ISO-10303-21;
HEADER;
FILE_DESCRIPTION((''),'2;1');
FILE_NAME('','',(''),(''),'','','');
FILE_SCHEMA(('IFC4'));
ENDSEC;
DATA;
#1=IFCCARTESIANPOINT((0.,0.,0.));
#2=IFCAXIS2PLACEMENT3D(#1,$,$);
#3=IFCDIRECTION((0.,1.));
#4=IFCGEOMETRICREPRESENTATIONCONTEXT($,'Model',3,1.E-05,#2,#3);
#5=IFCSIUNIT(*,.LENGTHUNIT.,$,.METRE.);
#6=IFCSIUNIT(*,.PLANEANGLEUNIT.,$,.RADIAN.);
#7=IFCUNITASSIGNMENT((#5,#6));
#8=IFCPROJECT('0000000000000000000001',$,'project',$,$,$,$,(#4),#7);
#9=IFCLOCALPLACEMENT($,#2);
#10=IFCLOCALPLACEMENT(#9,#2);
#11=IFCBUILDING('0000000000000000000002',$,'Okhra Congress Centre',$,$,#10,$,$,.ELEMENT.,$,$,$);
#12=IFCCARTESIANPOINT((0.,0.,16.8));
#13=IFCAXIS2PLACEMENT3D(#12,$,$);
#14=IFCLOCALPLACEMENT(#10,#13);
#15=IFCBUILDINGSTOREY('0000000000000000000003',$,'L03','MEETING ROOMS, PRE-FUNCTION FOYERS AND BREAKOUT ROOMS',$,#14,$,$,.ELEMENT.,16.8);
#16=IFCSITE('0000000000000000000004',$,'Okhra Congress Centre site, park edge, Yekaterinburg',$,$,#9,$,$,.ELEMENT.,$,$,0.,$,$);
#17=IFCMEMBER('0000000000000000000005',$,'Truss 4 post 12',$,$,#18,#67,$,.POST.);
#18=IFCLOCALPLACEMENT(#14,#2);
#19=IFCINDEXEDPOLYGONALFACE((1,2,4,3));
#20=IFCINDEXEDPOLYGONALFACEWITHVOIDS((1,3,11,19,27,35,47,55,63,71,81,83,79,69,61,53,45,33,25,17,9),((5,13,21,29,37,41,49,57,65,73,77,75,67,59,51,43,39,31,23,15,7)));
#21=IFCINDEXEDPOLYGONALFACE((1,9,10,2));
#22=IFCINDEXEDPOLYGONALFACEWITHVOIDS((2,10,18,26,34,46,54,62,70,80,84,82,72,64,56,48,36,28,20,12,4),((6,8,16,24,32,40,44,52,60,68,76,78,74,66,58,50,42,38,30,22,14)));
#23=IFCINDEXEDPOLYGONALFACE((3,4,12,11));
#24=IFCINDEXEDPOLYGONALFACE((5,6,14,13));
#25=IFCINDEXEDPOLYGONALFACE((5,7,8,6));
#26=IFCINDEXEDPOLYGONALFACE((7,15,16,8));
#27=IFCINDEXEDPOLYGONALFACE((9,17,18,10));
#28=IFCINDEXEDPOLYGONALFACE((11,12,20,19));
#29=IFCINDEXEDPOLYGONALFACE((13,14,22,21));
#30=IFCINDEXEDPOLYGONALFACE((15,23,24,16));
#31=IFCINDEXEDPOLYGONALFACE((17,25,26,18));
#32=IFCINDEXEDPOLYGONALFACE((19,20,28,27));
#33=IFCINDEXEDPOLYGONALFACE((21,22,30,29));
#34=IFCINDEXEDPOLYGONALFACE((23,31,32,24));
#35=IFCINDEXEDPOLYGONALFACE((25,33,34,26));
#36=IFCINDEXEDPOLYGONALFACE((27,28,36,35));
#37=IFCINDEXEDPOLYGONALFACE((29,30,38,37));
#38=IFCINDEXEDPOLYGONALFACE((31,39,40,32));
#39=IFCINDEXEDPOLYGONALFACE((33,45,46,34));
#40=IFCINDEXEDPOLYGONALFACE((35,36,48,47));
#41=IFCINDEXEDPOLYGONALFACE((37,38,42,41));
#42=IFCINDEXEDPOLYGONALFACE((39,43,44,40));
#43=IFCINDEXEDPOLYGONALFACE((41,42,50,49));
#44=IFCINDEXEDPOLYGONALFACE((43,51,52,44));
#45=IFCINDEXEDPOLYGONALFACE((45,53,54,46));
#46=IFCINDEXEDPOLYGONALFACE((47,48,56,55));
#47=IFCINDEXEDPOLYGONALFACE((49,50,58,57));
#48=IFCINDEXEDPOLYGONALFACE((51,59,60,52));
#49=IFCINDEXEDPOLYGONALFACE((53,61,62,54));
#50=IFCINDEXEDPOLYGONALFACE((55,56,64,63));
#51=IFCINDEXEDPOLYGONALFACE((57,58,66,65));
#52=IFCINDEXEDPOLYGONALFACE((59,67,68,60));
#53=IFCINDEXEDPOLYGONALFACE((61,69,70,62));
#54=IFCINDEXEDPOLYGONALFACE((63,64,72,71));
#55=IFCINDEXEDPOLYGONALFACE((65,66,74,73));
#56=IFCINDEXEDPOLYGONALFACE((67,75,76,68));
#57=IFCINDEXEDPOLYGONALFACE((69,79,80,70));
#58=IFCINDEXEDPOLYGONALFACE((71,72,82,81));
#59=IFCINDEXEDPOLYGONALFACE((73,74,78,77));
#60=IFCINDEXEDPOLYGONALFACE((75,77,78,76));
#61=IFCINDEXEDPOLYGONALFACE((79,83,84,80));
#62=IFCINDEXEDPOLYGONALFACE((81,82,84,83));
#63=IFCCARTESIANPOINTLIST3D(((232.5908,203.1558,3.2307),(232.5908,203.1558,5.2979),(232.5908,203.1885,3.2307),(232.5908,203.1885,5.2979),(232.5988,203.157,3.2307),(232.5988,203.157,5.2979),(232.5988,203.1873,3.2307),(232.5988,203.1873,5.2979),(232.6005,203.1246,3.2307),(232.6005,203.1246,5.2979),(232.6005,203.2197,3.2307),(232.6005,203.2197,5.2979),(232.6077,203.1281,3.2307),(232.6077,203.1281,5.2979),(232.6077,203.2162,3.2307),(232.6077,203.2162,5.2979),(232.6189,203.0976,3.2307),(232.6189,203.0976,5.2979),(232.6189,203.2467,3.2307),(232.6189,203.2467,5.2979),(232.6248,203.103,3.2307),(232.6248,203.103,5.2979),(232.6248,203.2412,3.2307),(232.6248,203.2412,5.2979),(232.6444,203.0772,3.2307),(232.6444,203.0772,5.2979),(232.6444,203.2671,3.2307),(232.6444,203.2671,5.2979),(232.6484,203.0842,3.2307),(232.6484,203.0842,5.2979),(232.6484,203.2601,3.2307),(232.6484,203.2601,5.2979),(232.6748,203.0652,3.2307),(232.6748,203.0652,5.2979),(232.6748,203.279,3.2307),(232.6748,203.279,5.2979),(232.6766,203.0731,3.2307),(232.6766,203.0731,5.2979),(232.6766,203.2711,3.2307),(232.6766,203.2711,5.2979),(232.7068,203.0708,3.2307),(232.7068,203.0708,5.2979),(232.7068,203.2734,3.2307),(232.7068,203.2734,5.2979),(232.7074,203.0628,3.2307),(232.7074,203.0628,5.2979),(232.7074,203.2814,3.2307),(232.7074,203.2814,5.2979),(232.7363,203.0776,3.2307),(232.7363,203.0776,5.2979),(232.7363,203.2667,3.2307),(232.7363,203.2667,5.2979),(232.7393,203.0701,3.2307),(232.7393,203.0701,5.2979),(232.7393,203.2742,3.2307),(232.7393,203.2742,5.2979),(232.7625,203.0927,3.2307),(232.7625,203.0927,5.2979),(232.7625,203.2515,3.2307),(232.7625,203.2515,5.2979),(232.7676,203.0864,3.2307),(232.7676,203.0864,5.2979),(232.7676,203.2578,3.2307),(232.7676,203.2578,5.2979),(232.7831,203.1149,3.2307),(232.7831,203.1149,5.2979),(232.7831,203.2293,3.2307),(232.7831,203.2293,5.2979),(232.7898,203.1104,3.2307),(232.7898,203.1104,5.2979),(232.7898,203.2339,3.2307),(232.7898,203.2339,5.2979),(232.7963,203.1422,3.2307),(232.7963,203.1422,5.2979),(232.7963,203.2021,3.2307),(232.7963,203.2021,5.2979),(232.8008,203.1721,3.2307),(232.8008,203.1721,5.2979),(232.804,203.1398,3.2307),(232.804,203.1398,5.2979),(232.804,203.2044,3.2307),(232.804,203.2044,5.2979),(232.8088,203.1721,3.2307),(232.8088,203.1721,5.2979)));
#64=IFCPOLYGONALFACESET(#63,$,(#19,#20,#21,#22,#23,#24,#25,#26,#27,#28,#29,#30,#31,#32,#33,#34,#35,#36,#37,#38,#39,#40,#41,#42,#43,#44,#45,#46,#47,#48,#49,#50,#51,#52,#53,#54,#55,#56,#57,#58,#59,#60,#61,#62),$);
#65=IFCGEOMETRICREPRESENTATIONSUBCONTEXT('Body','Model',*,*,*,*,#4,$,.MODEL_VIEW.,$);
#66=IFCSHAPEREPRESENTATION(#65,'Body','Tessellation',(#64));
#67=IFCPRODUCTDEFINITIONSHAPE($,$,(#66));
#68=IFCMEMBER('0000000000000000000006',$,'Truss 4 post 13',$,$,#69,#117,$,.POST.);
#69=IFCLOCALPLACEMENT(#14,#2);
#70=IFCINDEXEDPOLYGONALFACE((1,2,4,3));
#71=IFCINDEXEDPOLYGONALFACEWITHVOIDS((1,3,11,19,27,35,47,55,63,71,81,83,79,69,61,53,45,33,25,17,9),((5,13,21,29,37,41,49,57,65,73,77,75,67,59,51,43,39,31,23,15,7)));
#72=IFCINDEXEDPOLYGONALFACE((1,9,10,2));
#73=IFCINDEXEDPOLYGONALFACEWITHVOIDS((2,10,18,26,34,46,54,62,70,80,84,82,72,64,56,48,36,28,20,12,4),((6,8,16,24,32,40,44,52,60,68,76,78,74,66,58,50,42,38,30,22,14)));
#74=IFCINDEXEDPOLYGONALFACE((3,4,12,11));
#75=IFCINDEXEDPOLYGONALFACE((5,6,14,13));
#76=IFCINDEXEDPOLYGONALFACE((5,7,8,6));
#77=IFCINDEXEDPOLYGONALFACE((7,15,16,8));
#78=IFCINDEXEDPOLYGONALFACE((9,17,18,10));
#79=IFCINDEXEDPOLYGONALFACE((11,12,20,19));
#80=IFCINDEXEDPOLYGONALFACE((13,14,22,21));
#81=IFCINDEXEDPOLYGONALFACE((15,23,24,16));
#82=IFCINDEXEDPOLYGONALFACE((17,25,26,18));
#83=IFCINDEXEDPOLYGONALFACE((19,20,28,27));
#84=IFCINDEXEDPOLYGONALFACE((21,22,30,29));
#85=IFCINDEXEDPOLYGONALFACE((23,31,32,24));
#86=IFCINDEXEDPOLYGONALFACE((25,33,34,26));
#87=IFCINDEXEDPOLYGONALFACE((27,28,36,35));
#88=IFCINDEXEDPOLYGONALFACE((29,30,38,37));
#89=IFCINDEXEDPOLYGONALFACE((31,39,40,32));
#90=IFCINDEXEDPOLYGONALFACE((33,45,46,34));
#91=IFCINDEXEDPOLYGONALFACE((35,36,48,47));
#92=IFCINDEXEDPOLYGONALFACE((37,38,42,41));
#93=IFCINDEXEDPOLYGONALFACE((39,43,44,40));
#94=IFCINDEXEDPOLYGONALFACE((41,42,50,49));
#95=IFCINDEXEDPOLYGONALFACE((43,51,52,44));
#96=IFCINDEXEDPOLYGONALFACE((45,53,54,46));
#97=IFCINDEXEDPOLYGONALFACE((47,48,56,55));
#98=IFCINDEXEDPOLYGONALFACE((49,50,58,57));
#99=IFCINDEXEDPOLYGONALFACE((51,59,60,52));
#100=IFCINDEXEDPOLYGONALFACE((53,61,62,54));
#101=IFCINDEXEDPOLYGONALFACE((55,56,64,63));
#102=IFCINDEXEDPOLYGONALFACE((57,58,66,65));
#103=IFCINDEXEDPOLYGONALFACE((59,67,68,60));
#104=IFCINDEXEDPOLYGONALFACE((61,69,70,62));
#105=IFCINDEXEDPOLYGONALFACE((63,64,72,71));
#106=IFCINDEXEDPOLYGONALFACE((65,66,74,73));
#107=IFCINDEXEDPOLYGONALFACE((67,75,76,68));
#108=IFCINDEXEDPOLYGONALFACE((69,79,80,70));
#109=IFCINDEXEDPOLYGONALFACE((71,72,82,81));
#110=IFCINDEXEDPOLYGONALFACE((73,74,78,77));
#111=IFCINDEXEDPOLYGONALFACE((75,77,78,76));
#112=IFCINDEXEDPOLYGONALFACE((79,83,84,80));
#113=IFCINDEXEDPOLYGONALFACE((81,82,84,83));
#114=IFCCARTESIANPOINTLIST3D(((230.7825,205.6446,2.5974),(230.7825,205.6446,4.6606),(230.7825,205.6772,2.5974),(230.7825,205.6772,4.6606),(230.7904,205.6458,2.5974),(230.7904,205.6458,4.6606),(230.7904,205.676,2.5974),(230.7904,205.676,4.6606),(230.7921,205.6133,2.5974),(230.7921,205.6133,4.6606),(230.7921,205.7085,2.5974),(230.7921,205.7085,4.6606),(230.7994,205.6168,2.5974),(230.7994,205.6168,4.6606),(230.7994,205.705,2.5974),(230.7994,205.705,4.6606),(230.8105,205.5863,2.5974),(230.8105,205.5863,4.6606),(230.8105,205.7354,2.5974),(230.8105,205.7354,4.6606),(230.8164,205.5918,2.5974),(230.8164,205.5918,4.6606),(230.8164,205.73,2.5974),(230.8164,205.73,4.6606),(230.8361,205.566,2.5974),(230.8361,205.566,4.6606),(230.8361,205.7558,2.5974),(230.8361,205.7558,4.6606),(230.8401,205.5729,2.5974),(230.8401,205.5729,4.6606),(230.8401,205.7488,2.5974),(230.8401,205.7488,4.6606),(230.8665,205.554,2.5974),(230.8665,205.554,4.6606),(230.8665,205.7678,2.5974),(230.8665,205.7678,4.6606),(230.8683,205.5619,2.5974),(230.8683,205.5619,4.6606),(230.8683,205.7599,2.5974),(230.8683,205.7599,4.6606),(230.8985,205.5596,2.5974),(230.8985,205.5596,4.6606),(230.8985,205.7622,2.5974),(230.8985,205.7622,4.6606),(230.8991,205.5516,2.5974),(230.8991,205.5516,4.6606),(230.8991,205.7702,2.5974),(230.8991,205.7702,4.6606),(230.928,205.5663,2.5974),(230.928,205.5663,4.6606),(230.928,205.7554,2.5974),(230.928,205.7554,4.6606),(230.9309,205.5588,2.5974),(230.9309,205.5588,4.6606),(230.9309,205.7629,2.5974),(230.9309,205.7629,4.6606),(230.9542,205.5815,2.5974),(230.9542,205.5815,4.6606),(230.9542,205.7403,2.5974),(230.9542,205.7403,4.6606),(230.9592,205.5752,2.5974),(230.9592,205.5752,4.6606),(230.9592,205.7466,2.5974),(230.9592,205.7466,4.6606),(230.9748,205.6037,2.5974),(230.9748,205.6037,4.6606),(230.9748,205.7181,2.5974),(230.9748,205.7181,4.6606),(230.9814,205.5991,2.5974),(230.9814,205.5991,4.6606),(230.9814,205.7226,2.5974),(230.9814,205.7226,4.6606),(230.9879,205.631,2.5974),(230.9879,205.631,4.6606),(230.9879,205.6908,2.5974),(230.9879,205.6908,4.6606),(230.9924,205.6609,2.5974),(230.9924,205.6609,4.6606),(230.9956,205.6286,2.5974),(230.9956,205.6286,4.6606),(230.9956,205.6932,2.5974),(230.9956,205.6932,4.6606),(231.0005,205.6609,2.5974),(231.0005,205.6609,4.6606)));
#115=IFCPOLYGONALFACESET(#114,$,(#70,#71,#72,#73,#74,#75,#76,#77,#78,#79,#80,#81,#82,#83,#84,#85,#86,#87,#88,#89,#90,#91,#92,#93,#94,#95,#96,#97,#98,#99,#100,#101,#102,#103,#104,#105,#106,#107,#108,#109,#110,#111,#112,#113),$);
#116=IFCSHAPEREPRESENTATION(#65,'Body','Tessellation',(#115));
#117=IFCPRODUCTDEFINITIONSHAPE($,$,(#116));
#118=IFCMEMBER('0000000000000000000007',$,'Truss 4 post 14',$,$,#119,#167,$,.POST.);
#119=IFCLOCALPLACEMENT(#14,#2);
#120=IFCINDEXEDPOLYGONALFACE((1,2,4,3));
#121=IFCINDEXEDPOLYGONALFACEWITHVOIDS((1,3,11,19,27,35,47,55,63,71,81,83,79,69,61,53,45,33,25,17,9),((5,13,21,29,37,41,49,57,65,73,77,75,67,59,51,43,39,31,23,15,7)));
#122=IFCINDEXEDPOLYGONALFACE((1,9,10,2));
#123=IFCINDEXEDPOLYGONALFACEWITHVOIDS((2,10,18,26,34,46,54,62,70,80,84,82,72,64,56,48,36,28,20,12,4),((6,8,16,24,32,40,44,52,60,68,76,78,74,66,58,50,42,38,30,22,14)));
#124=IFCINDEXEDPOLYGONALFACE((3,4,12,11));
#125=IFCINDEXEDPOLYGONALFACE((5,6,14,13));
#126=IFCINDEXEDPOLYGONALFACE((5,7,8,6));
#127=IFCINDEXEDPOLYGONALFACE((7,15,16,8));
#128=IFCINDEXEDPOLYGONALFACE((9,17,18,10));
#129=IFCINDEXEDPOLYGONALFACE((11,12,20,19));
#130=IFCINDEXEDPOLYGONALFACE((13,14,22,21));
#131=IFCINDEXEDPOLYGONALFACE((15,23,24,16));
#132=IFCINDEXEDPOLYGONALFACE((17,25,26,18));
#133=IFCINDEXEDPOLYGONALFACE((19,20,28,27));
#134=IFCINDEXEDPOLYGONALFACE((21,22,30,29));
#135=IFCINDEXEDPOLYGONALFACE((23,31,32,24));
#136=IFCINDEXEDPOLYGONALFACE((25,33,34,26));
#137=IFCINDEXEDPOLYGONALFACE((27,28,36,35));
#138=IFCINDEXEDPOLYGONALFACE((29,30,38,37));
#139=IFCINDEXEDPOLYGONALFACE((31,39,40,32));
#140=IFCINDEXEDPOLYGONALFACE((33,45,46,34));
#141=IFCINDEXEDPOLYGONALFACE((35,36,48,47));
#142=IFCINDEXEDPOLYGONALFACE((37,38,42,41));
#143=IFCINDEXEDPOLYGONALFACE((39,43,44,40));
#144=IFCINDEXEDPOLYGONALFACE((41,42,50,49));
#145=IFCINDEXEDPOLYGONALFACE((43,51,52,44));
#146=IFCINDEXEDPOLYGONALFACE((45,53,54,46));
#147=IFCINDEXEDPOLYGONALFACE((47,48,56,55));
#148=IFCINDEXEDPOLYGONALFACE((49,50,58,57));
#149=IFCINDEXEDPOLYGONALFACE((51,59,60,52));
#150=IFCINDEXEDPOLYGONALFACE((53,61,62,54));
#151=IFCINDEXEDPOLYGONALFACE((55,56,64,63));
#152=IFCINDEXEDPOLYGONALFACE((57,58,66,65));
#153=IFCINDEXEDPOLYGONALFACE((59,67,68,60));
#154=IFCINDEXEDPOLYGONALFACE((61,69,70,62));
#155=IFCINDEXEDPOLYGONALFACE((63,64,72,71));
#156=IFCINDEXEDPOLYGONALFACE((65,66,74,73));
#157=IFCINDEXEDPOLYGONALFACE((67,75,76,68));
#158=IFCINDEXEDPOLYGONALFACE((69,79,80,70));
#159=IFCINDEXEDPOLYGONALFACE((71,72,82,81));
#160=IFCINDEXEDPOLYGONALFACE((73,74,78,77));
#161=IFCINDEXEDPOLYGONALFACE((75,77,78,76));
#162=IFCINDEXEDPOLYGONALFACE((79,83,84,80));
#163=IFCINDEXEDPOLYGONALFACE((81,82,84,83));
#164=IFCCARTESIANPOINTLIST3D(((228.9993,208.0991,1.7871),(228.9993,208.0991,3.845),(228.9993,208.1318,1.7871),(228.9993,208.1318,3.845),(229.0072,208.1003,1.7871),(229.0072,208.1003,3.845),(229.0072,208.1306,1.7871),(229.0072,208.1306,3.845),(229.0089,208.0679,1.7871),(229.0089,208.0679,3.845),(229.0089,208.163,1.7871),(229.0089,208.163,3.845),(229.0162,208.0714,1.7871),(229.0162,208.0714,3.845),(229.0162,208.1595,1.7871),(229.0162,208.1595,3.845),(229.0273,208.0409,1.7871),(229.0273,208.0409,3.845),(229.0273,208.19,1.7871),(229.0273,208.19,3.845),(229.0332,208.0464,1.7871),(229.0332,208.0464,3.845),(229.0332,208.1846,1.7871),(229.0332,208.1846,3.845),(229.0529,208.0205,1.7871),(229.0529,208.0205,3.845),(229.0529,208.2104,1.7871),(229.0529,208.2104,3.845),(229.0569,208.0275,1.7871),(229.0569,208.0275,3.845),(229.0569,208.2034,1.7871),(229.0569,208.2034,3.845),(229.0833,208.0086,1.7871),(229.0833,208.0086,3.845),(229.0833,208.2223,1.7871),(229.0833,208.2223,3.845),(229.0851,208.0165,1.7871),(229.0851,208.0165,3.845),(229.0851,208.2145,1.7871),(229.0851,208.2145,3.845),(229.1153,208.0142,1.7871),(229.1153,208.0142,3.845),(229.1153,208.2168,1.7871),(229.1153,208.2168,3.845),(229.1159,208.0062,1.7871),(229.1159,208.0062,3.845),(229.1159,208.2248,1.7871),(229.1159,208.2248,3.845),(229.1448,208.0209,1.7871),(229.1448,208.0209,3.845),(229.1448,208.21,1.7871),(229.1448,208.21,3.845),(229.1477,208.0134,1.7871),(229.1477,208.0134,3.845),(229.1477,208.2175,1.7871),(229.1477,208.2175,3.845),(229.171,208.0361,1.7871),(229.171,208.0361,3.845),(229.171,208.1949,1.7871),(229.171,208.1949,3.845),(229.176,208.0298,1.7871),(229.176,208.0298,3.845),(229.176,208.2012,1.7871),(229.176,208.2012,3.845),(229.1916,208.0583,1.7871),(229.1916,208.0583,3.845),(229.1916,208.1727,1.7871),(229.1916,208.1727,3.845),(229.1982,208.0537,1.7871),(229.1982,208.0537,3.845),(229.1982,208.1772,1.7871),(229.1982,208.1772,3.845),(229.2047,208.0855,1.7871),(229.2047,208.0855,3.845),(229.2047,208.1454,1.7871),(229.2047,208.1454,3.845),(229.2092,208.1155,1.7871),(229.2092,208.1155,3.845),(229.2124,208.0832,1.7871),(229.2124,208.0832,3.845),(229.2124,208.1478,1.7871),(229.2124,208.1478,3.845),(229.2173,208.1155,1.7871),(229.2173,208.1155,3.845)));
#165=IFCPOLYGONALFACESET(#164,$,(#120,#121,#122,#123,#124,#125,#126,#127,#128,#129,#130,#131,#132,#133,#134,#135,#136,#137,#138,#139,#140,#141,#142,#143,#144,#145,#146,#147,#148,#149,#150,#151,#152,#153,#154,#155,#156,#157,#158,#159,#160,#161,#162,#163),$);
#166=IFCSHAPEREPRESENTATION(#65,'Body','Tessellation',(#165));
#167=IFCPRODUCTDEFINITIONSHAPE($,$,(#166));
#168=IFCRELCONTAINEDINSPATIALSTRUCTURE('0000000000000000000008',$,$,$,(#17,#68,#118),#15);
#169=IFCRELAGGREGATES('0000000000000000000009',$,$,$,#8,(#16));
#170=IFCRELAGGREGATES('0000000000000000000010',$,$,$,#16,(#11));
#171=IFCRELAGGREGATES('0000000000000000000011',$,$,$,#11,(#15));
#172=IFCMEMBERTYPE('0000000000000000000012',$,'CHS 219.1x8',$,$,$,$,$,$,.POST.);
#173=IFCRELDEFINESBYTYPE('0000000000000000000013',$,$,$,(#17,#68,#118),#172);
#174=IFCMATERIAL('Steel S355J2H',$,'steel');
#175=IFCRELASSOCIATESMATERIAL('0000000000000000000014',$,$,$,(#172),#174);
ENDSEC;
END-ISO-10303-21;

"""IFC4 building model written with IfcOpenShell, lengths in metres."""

from ifc_helpers import new_model, si_unit, direction, frame, origin, origin_2d, place, context, subcontext, project, spatial, hollow_circle, extrude, material, material_profile, profile_set, type_object, element, save


model = new_model("IFC4")

# Units and contexts
model_context = context("Model", 3, precision=1e-05, world=origin(), true_north=direction((0.0, 1.0)))
body_context = subcontext(model_context, "Body", "Model", "MODEL_VIEW")
ifc_project = project(units=[si_unit("LENGTHUNIT", "METRE"), si_unit("PLANEANGLEUNIT", "RADIAN")], contexts=[model_context])

# Site, building, storey
site_placement = place(None, origin())
site = spatial("IfcSite", under=ifc_project, at=site_placement, Name="Okhra Congress Centre site, park edge, Yekaterinburg", CompositionType="ELEMENT", RefElevation=0.0)
building_placement = place(site_placement, origin())
building = spatial("IfcBuilding", under=site, at=building_placement, Name="Okhra Congress Centre", CompositionType="ELEMENT")
storey_placement = place(building_placement, frame((0.0, 0.0, 16.8)))
storey = spatial("IfcBuildingStorey", under=building, at=storey_placement, Name="L03", Description="MEETING ROOMS, PRE-FUNCTION FOYERS AND BREAKOUT ROOMS", CompositionType="ELEMENT", Elevation=16.8)

# Members
ifc_material_1 = material(Name="Steel S355J2H", Category="steel")
ifc_material_profile_1 = material_profile(ifc_material_1, hollow_circle(Radius=0.1096, WallThickness=0.0081, at=origin_2d()), Name="CHS 219.1x8")
ifc_profile_set_1 = profile_set([ifc_material_profile_1], Name="Steel S355J2H")
member_type_1 = type_object("IfcMemberType", Name="CHS 219.1x8", PredefinedType="POST", material=ifc_profile_set_1)
member_1_placement = place(storey_placement, frame((232.6992, 203.1721, 3.2307), z_axis=(0.0, 0.0, 1.0), x_axis=(1.0, 0.0, 0.0)))
element("IfcMember", 1, at=member_1_placement, inside=storey, type_object=member_type_1, Name="Truss 4 post 12", PredefinedType="POST", context=body_context, shape_type="SweptSolid", body=[
    extrude(hollow_circle(Radius=0.1096, WallThickness=0.0081, at=origin_2d()), origin(), (0.0, 0.0, 1.0), 2.0671),
])
member_2_placement = place(storey_placement, frame((230.8909, 205.6609, 2.5974), z_axis=(0.0, 0.0, 1.0), x_axis=(1.0, 0.0, 0.0)))
element("IfcMember", 2, at=member_2_placement, inside=storey, type_object=member_type_1, Name="Truss 4 post 13", PredefinedType="POST", context=body_context, shape_type="SweptSolid", body=[
    extrude(hollow_circle(Radius=0.1096, WallThickness=0.0081, at=origin_2d()), origin(), (0.0, 0.0, 1.0), 2.0632),
])
member_3_placement = place(storey_placement, frame((229.1077, 208.1155, 1.7871), z_axis=(0.0, 0.0, 1.0), x_axis=(1.0, 0.0, 0.0)))
element("IfcMember", 3, at=member_3_placement, inside=storey, type_object=member_type_1, Name="Truss 4 post 14", PredefinedType="POST", context=body_context, shape_type="SweptSolid", body=[
    extrude(hollow_circle(Radius=0.1096, WallThickness=0.0081, at=origin_2d()), origin(), (0.0, 0.0, 1.0), 2.0579),
])

save(model, "model.ifc")
